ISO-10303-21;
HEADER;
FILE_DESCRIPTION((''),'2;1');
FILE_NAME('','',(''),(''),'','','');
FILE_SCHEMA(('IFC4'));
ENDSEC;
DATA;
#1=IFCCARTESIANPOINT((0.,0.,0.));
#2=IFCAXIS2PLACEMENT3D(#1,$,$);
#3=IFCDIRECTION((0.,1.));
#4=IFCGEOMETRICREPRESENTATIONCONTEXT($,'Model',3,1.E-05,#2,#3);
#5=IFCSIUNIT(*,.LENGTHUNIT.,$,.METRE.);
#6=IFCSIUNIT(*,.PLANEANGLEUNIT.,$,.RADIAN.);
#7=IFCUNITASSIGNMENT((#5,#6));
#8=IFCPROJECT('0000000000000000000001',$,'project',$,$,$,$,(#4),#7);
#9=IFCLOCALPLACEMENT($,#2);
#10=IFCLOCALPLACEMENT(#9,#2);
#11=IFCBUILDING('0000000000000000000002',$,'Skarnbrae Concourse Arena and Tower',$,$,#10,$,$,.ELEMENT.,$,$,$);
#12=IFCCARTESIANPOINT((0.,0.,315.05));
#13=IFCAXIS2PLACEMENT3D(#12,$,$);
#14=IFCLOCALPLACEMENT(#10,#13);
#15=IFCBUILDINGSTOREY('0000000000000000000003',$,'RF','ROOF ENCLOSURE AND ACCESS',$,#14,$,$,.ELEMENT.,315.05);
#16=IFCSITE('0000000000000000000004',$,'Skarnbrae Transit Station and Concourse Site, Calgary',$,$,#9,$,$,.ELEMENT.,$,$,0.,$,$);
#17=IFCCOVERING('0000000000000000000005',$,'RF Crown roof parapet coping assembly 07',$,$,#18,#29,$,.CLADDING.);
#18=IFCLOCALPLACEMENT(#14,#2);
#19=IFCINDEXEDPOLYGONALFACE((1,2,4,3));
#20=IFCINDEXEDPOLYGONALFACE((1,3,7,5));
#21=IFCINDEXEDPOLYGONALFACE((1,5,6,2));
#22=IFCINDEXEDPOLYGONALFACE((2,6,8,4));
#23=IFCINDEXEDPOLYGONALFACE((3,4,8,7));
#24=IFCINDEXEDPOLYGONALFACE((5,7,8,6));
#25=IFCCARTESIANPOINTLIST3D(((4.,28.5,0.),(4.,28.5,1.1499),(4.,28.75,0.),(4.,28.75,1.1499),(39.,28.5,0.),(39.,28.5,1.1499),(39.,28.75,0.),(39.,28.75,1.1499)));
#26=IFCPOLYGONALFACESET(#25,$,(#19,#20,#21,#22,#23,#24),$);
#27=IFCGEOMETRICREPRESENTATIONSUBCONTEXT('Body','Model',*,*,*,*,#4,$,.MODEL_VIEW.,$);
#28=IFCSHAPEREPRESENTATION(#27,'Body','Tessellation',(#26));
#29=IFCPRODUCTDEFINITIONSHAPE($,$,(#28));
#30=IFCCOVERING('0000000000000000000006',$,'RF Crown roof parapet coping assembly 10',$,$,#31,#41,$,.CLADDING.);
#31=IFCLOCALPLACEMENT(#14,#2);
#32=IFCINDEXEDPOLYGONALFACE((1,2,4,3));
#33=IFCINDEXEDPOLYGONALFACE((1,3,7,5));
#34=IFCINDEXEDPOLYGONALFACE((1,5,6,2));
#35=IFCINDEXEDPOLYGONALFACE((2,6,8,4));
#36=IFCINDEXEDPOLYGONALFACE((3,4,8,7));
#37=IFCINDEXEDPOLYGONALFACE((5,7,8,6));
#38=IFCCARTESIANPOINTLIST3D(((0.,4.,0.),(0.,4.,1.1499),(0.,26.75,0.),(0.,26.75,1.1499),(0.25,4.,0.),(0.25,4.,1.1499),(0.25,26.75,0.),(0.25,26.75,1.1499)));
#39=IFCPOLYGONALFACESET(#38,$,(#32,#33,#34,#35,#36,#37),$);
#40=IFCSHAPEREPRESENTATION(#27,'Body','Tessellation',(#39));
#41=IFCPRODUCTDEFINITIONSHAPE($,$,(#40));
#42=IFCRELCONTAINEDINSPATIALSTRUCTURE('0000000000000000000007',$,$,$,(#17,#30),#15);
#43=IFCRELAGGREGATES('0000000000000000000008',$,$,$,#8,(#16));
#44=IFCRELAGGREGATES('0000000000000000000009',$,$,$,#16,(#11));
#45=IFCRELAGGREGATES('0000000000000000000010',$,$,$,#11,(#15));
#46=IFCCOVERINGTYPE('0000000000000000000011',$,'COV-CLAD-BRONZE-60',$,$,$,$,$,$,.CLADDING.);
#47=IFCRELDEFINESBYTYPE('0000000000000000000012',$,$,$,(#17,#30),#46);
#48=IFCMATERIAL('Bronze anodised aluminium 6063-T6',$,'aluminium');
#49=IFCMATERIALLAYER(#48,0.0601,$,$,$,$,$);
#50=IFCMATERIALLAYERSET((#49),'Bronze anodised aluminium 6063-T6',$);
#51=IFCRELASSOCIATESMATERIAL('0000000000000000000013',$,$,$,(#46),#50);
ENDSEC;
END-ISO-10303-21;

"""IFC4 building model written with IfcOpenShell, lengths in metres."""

from ifc_helpers import new_model, si_unit, direction, frame, origin, origin_2d, place, context, subcontext, project, spatial, rectangle, extrude, source, transform, mapped, material, layer, layer_set, type_object, element, save


model = new_model("IFC4")

# Units and contexts
model_context = context("Model", 3, precision=1e-05, world=origin(), true_north=direction((0.0, 1.0)))
body_context = subcontext(model_context, "Body", "Model", "MODEL_VIEW")
ifc_project = project(units=[si_unit("LENGTHUNIT", "METRE"), si_unit("PLANEANGLEUNIT", "RADIAN")], contexts=[model_context])

# Site, building, storey
site_placement = place(None, origin())
site = spatial("IfcSite", under=ifc_project, at=site_placement, Name="Skarnbrae Transit Station and Concourse Site, Calgary", CompositionType="ELEMENT", RefElevation=0.0)
building_placement = place(site_placement, origin())
building = spatial("IfcBuilding", under=site, at=building_placement, Name="Skarnbrae Concourse Arena and Tower", CompositionType="ELEMENT")
storey_placement = place(building_placement, frame((0.0, 0.0, 315.05)))
storey = spatial("IfcBuildingStorey", under=building, at=storey_placement, Name="RF", Description="ROOF ENCLOSURE AND ACCESS", CompositionType="ELEMENT", Elevation=315.05)

# Coverings
ifc_material_1 = material(Name="Bronze anodised aluminium 6063-T6", Category="aluminium")
ifc_layer_1 = layer(ifc_material_1, 0.0601)
ifc_layer_set_1 = layer_set([ifc_layer_1], Name="Bronze anodised aluminium 6063-T6")
covering_type_1 = type_object("IfcCoveringType", Name="COV-CLAD-BRONZE-60", PredefinedType="CLADDING", material=ifc_layer_set_1)
shared_shape_1 = source(origin(), body_context, "Body", "SweptSolid", [
    extrude(rectangle(XDim=35.0, YDim=0.25, at=origin_2d()), origin(), (0.0, 0.0, 1.0), 1.1499),
])
covering_1_placement = place(storey_placement, frame((21.5, 28.625, 0.0), z_axis=(0.0, 0.0, 1.0), x_axis=(-1.0, 0.0, 0.0)))
element("IfcCovering", 1, at=covering_1_placement, inside=storey, type_object=covering_type_1, Name="RF Crown roof parapet coping assembly 07", PredefinedType="CLADDING", context=body_context, shape_type="MappedRepresentation", body=[
    mapped(shared_shape_1, transform((0.0, 0.0, 0.0))),
])
shared_shape_2 = source(origin(), body_context, "Body", "SweptSolid", [
    extrude(rectangle(XDim=22.75, YDim=0.25, at=origin_2d()), origin(), (0.0, 0.0, 1.0), 1.1499),
])
covering_2_placement = place(storey_placement, frame((0.125, 15.375, 0.0), z_axis=(0.0, 0.0, 1.0), x_axis=(0.0, -1.0, 0.0)))
element("IfcCovering", 2, at=covering_2_placement, inside=storey, type_object=covering_type_1, Name="RF Crown roof parapet coping assembly 10", PredefinedType="CLADDING", context=body_context, shape_type="MappedRepresentation", body=[
    mapped(shared_shape_2, transform((0.0, 0.0, 0.0))),
])

save(model, "model.ifc")
